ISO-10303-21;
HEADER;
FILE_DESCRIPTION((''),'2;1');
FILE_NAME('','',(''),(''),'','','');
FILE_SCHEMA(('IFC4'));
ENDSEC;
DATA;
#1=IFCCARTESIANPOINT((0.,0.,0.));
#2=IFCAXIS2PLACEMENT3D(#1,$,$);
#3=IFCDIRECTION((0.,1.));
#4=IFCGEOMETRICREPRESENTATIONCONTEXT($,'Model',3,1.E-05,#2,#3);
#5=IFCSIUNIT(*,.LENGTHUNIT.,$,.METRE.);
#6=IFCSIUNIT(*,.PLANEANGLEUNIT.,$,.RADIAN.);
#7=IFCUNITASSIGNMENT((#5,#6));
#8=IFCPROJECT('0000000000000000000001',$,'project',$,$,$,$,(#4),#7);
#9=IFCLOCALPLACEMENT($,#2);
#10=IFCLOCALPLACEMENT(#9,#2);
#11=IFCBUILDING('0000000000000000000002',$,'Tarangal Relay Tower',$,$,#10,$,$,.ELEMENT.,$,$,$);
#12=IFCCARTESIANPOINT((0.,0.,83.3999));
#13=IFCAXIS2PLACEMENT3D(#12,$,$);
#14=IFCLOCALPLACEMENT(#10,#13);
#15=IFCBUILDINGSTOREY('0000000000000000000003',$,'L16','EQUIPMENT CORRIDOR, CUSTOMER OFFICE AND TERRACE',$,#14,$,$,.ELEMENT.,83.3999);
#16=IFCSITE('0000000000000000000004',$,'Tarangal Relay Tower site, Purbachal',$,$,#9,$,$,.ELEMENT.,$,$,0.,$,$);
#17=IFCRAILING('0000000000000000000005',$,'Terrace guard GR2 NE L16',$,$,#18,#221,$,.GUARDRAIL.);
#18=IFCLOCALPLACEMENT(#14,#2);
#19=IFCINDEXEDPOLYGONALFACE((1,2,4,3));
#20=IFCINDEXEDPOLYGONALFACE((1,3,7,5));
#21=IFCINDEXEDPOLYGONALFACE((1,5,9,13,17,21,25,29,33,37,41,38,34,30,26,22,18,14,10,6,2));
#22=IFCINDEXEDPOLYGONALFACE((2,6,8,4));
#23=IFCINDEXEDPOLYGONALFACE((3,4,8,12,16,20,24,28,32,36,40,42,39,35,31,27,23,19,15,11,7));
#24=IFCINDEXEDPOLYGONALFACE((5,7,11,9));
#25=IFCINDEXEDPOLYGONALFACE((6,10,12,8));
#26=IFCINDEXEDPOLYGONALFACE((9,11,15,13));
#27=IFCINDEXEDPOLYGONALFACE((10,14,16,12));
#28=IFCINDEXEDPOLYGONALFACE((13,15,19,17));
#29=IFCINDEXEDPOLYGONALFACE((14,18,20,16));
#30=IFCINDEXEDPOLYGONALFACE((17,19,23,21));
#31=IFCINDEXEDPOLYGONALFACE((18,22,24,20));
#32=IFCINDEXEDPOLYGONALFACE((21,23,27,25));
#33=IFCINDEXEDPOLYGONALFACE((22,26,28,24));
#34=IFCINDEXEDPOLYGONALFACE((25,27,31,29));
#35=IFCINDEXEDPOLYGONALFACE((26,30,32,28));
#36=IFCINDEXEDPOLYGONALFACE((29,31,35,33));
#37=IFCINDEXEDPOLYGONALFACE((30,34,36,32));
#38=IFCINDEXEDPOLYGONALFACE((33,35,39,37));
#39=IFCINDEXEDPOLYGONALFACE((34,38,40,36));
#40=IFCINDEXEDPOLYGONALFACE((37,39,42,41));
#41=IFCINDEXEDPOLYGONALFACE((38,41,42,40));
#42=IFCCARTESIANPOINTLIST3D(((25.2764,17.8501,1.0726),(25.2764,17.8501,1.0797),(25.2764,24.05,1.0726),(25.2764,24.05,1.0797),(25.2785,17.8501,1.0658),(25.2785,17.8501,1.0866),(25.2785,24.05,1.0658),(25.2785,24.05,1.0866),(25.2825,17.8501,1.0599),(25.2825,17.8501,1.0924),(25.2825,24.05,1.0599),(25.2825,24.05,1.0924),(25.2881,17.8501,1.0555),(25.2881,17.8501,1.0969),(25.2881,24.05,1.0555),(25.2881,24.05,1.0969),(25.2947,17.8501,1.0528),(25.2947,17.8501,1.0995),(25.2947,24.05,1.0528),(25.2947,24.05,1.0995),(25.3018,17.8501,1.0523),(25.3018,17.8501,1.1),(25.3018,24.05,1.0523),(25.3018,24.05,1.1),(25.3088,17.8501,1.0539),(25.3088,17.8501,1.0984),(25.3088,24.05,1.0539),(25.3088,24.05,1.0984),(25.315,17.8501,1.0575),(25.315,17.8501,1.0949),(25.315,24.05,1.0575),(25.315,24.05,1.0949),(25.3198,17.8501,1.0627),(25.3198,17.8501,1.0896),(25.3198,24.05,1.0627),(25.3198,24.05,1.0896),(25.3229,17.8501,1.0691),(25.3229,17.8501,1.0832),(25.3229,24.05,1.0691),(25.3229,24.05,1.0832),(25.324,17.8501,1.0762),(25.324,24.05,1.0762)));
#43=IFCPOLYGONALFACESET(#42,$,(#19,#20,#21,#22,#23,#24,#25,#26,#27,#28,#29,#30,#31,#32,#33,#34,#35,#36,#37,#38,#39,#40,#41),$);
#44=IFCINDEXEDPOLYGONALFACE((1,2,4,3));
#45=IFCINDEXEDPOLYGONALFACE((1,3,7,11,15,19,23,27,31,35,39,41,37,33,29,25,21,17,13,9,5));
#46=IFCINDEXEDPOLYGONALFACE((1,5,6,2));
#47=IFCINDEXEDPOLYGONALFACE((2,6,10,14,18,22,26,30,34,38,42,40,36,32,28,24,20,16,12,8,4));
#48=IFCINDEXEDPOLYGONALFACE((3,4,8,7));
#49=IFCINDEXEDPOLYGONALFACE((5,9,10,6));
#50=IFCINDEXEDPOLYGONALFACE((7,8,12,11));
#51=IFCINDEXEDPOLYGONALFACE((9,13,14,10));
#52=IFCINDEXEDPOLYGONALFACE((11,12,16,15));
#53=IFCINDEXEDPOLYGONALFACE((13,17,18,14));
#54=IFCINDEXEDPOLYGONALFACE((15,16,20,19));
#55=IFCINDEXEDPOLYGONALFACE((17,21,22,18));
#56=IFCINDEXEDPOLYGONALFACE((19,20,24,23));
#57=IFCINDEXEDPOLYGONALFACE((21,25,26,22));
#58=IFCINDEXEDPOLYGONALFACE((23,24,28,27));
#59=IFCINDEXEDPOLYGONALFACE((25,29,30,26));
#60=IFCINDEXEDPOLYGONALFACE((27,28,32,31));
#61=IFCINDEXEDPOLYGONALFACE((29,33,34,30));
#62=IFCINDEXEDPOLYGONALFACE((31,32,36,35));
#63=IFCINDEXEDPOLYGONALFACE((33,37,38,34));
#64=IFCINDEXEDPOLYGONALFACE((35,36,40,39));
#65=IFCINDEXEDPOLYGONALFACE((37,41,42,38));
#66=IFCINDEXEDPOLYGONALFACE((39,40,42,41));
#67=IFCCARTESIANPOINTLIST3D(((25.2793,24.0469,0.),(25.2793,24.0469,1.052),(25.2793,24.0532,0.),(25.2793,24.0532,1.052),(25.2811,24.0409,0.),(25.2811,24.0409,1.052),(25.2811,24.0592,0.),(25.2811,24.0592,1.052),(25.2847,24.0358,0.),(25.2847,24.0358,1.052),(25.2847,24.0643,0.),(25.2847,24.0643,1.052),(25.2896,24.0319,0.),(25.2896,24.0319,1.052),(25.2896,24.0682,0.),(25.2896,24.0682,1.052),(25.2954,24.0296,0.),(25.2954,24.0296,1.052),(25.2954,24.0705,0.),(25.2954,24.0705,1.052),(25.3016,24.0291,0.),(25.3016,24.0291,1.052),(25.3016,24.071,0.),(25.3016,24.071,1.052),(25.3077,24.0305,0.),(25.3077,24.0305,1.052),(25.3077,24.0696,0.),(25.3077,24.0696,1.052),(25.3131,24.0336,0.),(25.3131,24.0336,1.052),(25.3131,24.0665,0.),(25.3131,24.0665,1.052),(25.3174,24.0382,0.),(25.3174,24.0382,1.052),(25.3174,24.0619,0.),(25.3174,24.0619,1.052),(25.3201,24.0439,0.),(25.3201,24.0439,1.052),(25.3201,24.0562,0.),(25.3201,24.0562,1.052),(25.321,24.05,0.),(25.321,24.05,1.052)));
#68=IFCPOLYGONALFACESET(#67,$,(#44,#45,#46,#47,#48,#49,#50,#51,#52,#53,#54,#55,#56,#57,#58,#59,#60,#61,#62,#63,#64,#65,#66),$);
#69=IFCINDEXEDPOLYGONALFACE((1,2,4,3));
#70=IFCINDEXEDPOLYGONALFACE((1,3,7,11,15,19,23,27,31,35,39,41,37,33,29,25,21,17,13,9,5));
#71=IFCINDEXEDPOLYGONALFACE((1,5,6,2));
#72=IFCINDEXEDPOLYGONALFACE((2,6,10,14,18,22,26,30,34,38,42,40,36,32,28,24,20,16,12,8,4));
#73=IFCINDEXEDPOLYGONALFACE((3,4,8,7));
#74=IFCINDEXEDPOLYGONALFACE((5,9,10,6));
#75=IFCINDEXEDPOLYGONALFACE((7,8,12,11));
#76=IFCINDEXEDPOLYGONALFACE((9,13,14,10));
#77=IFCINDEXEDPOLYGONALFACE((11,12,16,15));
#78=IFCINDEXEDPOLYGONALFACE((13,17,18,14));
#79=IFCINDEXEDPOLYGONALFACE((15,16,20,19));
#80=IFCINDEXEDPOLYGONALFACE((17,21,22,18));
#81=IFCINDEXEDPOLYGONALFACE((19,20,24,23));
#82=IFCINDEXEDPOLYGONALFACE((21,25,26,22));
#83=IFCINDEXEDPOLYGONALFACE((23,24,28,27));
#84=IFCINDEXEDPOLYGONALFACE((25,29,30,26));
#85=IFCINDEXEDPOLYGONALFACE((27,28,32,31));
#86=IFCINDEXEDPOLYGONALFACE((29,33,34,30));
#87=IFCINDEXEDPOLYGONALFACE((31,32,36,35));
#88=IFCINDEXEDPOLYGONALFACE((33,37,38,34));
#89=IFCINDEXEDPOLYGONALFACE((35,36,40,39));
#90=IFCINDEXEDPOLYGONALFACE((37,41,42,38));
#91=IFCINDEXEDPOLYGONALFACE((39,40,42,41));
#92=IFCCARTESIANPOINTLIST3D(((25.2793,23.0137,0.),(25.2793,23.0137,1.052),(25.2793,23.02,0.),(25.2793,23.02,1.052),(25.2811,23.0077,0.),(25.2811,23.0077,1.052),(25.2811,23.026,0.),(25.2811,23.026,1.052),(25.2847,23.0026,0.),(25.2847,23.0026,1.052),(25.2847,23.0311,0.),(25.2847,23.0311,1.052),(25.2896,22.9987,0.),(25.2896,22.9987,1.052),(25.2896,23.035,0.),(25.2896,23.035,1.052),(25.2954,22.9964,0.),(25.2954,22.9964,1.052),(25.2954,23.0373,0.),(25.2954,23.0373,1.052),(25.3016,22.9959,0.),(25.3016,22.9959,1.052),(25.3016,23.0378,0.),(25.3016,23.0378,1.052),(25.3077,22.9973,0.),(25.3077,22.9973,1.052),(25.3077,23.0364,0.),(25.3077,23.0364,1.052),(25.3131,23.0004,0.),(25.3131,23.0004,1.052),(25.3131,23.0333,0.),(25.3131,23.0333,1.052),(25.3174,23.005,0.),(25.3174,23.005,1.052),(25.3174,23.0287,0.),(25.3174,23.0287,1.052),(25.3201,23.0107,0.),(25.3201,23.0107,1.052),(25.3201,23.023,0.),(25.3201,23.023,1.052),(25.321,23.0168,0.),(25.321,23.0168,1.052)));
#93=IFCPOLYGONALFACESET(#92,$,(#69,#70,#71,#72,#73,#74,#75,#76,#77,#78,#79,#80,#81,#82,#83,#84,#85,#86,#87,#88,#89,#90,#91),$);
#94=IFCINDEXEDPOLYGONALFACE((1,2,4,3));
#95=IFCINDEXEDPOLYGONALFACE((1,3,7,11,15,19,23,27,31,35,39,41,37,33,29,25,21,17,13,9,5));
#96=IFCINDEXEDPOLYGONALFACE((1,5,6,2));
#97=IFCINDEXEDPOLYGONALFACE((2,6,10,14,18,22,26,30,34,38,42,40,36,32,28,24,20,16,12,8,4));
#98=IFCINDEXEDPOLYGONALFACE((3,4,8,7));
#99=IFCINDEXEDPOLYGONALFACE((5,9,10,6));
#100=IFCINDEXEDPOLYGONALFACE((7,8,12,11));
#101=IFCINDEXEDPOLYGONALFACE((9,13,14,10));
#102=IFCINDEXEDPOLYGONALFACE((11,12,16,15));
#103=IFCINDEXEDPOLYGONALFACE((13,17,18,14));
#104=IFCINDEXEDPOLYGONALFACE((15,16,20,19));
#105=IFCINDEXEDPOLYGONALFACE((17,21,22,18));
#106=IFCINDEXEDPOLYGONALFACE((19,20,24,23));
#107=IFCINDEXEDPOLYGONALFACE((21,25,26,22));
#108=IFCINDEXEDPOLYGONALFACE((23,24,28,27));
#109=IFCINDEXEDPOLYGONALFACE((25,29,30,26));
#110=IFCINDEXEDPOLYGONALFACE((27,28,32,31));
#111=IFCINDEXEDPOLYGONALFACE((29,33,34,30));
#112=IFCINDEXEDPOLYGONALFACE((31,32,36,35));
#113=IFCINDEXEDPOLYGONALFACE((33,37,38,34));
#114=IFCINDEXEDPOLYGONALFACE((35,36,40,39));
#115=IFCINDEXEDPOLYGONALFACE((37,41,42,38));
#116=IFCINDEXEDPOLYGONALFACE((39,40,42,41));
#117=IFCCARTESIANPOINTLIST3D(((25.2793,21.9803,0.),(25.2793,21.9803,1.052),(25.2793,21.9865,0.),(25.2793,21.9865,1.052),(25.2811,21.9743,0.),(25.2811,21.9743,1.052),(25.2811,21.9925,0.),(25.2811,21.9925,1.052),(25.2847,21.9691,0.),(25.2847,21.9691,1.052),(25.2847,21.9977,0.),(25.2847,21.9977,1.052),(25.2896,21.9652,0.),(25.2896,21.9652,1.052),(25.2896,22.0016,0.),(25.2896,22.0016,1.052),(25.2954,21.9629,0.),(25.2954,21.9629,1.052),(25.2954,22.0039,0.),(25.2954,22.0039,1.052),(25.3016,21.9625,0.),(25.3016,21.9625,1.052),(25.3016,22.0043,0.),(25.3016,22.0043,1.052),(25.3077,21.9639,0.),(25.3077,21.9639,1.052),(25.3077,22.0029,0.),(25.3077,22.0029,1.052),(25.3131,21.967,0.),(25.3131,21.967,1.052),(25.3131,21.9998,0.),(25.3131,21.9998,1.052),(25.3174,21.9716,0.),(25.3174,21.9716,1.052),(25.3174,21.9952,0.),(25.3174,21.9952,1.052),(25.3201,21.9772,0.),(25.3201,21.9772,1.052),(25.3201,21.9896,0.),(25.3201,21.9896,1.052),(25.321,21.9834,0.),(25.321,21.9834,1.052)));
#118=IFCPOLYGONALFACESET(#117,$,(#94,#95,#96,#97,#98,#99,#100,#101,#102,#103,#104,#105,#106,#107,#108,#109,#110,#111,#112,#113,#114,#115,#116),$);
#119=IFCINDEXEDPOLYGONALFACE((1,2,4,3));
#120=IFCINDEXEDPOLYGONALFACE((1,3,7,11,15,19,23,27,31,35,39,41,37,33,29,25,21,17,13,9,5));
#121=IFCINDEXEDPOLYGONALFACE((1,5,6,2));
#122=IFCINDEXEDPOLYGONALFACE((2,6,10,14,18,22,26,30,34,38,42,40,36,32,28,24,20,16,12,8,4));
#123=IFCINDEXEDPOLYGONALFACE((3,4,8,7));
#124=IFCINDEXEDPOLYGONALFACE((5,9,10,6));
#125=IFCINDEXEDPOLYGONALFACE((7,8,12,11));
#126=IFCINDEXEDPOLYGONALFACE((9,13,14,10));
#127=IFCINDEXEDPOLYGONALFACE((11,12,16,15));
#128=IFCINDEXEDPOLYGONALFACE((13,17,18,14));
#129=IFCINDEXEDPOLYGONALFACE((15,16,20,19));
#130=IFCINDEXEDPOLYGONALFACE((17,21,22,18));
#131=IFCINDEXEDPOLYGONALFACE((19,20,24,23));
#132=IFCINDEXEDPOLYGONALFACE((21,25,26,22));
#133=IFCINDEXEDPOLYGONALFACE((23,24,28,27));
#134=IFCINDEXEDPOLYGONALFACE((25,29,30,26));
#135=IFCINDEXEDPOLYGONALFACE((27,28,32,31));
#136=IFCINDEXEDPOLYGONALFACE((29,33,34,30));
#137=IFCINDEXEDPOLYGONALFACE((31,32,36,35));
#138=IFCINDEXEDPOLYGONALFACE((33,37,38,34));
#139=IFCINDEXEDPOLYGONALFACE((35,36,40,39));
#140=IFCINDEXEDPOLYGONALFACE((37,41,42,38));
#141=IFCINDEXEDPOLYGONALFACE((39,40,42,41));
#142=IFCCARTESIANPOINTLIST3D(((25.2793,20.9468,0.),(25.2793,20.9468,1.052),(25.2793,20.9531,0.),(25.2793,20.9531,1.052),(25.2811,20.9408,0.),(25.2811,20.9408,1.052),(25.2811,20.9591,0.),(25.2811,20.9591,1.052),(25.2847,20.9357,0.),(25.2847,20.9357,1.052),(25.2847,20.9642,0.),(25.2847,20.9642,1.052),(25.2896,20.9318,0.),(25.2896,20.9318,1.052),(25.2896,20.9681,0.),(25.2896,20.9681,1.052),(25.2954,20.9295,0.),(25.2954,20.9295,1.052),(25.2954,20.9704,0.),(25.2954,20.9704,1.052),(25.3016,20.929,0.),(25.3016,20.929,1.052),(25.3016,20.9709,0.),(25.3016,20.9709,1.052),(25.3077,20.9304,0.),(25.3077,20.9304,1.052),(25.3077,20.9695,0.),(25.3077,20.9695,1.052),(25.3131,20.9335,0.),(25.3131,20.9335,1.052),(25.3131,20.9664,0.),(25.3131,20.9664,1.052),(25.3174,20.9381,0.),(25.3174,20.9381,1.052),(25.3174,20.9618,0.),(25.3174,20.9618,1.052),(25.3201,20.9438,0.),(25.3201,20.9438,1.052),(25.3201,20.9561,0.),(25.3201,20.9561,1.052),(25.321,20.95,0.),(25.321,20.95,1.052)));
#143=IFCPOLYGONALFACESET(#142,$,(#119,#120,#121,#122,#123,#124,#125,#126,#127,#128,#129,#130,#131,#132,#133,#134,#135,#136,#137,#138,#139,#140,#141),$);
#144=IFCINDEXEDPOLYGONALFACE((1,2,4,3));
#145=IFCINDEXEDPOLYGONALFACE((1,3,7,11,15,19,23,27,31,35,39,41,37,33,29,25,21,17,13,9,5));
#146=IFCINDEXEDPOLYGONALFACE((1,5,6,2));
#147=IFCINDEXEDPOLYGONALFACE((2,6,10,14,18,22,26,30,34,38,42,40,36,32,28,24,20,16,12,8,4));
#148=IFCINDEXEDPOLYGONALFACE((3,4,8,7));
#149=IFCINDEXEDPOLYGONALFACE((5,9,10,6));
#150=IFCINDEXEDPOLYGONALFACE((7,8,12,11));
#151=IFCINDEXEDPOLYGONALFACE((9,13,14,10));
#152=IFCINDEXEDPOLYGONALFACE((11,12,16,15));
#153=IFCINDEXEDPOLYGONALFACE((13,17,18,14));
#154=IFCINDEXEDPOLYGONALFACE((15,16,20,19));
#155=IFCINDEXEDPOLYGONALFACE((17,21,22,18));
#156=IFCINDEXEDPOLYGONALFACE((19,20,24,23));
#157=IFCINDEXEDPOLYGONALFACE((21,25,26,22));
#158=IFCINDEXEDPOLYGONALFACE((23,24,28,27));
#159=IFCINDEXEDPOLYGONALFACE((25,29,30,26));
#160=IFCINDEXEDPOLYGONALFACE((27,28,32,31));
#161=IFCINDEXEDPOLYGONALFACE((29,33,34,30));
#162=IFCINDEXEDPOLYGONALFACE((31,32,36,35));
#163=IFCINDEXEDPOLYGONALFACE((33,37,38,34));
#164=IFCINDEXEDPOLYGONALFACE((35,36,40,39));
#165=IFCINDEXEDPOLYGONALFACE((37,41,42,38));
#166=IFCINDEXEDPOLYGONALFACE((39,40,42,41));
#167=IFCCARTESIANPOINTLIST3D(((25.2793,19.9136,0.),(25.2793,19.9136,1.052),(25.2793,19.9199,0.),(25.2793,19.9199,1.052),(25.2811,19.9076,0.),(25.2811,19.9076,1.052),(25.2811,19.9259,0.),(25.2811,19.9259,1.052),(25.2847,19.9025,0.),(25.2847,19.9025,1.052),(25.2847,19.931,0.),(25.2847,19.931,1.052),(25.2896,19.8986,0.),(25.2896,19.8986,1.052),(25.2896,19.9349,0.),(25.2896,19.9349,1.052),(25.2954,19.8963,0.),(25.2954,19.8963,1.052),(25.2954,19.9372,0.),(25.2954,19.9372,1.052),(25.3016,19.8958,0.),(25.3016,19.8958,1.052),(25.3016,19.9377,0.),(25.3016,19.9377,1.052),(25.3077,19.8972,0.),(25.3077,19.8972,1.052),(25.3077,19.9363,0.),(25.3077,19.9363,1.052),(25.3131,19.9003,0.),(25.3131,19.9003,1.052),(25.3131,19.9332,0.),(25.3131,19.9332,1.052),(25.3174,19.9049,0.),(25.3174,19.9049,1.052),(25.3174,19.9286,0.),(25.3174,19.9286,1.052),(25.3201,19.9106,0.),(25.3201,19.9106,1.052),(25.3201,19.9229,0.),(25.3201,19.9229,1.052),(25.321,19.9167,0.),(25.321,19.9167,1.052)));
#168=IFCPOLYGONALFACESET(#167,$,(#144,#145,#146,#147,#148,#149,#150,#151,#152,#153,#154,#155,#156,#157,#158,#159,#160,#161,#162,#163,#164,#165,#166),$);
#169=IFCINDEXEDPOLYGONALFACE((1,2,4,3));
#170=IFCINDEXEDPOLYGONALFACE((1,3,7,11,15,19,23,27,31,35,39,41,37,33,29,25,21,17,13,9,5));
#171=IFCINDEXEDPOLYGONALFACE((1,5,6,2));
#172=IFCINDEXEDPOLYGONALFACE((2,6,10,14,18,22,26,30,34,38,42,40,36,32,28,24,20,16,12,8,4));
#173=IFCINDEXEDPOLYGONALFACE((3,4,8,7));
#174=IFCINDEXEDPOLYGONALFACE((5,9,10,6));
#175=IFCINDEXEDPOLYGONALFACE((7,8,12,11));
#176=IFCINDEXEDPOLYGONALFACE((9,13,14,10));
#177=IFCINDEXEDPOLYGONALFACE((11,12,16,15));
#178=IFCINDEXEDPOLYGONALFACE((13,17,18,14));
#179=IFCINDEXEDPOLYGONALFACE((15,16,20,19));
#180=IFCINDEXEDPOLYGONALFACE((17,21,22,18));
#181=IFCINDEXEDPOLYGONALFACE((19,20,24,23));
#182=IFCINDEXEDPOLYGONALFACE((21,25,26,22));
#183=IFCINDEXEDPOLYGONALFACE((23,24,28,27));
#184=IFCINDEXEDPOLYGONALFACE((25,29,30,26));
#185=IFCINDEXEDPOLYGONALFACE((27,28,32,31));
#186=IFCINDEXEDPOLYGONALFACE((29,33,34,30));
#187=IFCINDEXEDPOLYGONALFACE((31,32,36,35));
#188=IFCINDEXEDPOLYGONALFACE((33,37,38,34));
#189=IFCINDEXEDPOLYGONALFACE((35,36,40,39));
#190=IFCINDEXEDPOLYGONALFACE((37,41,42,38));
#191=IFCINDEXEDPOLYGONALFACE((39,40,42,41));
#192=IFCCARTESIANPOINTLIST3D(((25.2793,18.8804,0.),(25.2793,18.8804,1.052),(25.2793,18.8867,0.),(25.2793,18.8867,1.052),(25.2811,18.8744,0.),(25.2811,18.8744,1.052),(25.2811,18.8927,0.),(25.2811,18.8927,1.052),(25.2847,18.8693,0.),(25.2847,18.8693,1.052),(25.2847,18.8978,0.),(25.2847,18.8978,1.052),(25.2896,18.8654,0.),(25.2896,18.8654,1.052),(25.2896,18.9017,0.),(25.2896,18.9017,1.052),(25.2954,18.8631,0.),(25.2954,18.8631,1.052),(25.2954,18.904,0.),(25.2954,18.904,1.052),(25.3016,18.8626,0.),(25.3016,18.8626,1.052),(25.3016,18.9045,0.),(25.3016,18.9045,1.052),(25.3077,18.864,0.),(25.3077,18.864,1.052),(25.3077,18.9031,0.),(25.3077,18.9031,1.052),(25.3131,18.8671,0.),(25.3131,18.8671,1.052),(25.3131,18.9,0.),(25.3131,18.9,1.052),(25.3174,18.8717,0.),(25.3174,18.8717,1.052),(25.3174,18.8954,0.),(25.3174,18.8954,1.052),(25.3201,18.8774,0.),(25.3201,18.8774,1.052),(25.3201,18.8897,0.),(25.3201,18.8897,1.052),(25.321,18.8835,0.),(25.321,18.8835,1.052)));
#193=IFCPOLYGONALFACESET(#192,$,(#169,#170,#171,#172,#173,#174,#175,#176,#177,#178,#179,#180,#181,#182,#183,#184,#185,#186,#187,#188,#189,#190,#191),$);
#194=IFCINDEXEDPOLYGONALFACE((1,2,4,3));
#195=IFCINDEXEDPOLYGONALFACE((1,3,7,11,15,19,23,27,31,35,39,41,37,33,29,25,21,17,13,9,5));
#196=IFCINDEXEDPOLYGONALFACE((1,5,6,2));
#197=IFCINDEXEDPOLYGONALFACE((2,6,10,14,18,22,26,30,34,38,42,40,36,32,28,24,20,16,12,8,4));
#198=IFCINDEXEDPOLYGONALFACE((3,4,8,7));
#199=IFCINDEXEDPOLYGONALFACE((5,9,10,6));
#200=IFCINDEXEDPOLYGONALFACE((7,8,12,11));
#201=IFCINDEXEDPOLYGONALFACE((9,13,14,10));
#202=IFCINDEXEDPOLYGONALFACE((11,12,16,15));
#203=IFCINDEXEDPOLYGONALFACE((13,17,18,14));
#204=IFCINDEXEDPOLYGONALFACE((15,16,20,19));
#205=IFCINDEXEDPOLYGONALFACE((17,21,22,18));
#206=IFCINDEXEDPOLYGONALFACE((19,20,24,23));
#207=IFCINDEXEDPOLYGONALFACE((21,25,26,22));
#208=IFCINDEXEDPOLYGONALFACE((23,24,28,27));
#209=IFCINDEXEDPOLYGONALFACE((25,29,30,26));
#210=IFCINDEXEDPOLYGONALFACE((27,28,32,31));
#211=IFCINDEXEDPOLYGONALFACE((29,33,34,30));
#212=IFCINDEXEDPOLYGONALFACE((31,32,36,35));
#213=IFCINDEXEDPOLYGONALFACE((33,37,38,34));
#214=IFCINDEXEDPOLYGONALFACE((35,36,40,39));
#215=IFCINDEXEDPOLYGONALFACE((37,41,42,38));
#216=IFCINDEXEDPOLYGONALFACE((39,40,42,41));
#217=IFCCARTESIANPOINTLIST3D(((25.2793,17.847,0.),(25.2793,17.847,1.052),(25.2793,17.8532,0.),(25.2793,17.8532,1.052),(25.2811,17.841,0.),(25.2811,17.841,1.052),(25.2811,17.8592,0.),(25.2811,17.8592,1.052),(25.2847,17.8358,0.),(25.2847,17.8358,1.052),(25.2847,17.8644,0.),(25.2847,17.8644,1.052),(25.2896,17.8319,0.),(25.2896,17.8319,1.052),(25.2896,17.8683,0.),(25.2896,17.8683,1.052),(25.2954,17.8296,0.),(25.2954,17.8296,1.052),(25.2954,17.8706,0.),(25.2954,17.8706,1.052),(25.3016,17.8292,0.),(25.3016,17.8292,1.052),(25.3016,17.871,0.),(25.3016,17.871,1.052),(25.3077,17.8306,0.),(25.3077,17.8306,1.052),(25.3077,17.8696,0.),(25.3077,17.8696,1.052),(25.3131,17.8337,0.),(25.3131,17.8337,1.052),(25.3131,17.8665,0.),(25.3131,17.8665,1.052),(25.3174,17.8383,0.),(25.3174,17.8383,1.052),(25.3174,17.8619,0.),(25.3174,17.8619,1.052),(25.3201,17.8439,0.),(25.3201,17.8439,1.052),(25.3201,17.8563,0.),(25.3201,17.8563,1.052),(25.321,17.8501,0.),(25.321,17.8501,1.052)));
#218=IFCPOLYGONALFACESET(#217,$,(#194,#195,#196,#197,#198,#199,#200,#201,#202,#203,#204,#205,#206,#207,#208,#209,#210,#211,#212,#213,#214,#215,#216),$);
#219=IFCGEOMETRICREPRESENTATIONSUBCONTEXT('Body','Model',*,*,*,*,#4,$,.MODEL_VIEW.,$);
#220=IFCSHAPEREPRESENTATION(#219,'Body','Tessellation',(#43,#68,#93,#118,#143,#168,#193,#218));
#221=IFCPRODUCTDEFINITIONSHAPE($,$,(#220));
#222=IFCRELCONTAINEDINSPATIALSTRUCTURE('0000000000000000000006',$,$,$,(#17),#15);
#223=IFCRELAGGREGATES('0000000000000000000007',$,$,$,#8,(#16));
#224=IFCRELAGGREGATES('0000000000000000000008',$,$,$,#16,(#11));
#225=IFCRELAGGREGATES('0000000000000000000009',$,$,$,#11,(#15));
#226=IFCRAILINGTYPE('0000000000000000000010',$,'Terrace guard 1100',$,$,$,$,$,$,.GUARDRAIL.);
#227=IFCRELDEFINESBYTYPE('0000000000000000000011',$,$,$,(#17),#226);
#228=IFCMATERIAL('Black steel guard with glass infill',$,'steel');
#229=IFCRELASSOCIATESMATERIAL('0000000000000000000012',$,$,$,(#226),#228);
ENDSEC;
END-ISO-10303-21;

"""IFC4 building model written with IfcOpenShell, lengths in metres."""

from ifc_helpers import new_model, si_unit, direction, frame, origin, origin_2d, place, context, subcontext, project, spatial, circle, extrude, material, type_object, element, save


model = new_model("IFC4")

# Units and contexts
model_context = context("Model", 3, precision=1e-05, world=origin(), true_north=direction((0.0, 1.0)))
body_context = subcontext(model_context, "Body", "Model", "MODEL_VIEW")
ifc_project = project(units=[si_unit("LENGTHUNIT", "METRE"), si_unit("PLANEANGLEUNIT", "RADIAN")], contexts=[model_context])

# Site, building, storey
site_placement = place(None, origin())
site = spatial("IfcSite", under=ifc_project, at=site_placement, Name="Tarangal Relay Tower site, Purbachal", CompositionType="ELEMENT", RefElevation=0.0)
building_placement = place(site_placement, origin())
building = spatial("IfcBuilding", under=site, at=building_placement, Name="Tarangal Relay Tower", CompositionType="ELEMENT")
storey_placement = place(building_placement, frame((0.0, 0.0, 83.3999)))
storey = spatial("IfcBuildingStorey", under=building, at=storey_placement, Name="L16", Description="EQUIPMENT CORRIDOR, CUSTOMER OFFICE AND TERRACE", CompositionType="ELEMENT", Elevation=83.3999)

# Railing
ifc_material_1 = material(Name="Black steel guard with glass infill", Category="steel")
railing_type_1 = type_object("IfcRailingType", Name="Terrace guard 1100", PredefinedType="GUARDRAIL", material=ifc_material_1)
railing_1_placement = place(storey_placement, frame((25.3, 24.05, 0.0)))
element("IfcRailing", 1, at=railing_1_placement, inside=storey, type_object=railing_type_1, Name="Terrace guard GR2 NE L16", PredefinedType="GUARDRAIL", context=body_context, shape_type="SweptSolid", body=[
    extrude(circle(Radius=0.0239, at=origin_2d()), frame((0.0, 0.0, 1.0762), z_axis=(0.0, -1.0, 0.0), x_axis=(1.0, 0.0, 0.0)), (0.0, 0.0, 1.0), 6.2),
    extrude(circle(Radius=0.021, at=origin_2d()), origin(), (0.0, 0.0, 1.0), 1.052),
    extrude(circle(Radius=0.021, at=origin_2d()), frame((0.0, -1.0332, 0.0)), (0.0, 0.0, 1.0), 1.052),
    extrude(circle(Radius=0.021, at=origin_2d()), frame((0.0, -2.0667, 0.0)), (0.0, 0.0, 1.0), 1.052),
    extrude(circle(Radius=0.021, at=origin_2d()), frame((0.0, -3.1001, 0.0)), (0.0, 0.0, 1.0), 1.052),
    extrude(circle(Radius=0.021, at=origin_2d()), frame((0.0, -4.1333, 0.0)), (0.0, 0.0, 1.0), 1.052),
    extrude(circle(Radius=0.021, at=origin_2d()), frame((0.0, -5.1665, 0.0)), (0.0, 0.0, 1.0), 1.052),
    extrude(circle(Radius=0.021, at=origin_2d()), frame((0.0, -6.2, 0.0)), (0.0, 0.0, 1.0), 1.052),
])

save(model, "model.ifc")
